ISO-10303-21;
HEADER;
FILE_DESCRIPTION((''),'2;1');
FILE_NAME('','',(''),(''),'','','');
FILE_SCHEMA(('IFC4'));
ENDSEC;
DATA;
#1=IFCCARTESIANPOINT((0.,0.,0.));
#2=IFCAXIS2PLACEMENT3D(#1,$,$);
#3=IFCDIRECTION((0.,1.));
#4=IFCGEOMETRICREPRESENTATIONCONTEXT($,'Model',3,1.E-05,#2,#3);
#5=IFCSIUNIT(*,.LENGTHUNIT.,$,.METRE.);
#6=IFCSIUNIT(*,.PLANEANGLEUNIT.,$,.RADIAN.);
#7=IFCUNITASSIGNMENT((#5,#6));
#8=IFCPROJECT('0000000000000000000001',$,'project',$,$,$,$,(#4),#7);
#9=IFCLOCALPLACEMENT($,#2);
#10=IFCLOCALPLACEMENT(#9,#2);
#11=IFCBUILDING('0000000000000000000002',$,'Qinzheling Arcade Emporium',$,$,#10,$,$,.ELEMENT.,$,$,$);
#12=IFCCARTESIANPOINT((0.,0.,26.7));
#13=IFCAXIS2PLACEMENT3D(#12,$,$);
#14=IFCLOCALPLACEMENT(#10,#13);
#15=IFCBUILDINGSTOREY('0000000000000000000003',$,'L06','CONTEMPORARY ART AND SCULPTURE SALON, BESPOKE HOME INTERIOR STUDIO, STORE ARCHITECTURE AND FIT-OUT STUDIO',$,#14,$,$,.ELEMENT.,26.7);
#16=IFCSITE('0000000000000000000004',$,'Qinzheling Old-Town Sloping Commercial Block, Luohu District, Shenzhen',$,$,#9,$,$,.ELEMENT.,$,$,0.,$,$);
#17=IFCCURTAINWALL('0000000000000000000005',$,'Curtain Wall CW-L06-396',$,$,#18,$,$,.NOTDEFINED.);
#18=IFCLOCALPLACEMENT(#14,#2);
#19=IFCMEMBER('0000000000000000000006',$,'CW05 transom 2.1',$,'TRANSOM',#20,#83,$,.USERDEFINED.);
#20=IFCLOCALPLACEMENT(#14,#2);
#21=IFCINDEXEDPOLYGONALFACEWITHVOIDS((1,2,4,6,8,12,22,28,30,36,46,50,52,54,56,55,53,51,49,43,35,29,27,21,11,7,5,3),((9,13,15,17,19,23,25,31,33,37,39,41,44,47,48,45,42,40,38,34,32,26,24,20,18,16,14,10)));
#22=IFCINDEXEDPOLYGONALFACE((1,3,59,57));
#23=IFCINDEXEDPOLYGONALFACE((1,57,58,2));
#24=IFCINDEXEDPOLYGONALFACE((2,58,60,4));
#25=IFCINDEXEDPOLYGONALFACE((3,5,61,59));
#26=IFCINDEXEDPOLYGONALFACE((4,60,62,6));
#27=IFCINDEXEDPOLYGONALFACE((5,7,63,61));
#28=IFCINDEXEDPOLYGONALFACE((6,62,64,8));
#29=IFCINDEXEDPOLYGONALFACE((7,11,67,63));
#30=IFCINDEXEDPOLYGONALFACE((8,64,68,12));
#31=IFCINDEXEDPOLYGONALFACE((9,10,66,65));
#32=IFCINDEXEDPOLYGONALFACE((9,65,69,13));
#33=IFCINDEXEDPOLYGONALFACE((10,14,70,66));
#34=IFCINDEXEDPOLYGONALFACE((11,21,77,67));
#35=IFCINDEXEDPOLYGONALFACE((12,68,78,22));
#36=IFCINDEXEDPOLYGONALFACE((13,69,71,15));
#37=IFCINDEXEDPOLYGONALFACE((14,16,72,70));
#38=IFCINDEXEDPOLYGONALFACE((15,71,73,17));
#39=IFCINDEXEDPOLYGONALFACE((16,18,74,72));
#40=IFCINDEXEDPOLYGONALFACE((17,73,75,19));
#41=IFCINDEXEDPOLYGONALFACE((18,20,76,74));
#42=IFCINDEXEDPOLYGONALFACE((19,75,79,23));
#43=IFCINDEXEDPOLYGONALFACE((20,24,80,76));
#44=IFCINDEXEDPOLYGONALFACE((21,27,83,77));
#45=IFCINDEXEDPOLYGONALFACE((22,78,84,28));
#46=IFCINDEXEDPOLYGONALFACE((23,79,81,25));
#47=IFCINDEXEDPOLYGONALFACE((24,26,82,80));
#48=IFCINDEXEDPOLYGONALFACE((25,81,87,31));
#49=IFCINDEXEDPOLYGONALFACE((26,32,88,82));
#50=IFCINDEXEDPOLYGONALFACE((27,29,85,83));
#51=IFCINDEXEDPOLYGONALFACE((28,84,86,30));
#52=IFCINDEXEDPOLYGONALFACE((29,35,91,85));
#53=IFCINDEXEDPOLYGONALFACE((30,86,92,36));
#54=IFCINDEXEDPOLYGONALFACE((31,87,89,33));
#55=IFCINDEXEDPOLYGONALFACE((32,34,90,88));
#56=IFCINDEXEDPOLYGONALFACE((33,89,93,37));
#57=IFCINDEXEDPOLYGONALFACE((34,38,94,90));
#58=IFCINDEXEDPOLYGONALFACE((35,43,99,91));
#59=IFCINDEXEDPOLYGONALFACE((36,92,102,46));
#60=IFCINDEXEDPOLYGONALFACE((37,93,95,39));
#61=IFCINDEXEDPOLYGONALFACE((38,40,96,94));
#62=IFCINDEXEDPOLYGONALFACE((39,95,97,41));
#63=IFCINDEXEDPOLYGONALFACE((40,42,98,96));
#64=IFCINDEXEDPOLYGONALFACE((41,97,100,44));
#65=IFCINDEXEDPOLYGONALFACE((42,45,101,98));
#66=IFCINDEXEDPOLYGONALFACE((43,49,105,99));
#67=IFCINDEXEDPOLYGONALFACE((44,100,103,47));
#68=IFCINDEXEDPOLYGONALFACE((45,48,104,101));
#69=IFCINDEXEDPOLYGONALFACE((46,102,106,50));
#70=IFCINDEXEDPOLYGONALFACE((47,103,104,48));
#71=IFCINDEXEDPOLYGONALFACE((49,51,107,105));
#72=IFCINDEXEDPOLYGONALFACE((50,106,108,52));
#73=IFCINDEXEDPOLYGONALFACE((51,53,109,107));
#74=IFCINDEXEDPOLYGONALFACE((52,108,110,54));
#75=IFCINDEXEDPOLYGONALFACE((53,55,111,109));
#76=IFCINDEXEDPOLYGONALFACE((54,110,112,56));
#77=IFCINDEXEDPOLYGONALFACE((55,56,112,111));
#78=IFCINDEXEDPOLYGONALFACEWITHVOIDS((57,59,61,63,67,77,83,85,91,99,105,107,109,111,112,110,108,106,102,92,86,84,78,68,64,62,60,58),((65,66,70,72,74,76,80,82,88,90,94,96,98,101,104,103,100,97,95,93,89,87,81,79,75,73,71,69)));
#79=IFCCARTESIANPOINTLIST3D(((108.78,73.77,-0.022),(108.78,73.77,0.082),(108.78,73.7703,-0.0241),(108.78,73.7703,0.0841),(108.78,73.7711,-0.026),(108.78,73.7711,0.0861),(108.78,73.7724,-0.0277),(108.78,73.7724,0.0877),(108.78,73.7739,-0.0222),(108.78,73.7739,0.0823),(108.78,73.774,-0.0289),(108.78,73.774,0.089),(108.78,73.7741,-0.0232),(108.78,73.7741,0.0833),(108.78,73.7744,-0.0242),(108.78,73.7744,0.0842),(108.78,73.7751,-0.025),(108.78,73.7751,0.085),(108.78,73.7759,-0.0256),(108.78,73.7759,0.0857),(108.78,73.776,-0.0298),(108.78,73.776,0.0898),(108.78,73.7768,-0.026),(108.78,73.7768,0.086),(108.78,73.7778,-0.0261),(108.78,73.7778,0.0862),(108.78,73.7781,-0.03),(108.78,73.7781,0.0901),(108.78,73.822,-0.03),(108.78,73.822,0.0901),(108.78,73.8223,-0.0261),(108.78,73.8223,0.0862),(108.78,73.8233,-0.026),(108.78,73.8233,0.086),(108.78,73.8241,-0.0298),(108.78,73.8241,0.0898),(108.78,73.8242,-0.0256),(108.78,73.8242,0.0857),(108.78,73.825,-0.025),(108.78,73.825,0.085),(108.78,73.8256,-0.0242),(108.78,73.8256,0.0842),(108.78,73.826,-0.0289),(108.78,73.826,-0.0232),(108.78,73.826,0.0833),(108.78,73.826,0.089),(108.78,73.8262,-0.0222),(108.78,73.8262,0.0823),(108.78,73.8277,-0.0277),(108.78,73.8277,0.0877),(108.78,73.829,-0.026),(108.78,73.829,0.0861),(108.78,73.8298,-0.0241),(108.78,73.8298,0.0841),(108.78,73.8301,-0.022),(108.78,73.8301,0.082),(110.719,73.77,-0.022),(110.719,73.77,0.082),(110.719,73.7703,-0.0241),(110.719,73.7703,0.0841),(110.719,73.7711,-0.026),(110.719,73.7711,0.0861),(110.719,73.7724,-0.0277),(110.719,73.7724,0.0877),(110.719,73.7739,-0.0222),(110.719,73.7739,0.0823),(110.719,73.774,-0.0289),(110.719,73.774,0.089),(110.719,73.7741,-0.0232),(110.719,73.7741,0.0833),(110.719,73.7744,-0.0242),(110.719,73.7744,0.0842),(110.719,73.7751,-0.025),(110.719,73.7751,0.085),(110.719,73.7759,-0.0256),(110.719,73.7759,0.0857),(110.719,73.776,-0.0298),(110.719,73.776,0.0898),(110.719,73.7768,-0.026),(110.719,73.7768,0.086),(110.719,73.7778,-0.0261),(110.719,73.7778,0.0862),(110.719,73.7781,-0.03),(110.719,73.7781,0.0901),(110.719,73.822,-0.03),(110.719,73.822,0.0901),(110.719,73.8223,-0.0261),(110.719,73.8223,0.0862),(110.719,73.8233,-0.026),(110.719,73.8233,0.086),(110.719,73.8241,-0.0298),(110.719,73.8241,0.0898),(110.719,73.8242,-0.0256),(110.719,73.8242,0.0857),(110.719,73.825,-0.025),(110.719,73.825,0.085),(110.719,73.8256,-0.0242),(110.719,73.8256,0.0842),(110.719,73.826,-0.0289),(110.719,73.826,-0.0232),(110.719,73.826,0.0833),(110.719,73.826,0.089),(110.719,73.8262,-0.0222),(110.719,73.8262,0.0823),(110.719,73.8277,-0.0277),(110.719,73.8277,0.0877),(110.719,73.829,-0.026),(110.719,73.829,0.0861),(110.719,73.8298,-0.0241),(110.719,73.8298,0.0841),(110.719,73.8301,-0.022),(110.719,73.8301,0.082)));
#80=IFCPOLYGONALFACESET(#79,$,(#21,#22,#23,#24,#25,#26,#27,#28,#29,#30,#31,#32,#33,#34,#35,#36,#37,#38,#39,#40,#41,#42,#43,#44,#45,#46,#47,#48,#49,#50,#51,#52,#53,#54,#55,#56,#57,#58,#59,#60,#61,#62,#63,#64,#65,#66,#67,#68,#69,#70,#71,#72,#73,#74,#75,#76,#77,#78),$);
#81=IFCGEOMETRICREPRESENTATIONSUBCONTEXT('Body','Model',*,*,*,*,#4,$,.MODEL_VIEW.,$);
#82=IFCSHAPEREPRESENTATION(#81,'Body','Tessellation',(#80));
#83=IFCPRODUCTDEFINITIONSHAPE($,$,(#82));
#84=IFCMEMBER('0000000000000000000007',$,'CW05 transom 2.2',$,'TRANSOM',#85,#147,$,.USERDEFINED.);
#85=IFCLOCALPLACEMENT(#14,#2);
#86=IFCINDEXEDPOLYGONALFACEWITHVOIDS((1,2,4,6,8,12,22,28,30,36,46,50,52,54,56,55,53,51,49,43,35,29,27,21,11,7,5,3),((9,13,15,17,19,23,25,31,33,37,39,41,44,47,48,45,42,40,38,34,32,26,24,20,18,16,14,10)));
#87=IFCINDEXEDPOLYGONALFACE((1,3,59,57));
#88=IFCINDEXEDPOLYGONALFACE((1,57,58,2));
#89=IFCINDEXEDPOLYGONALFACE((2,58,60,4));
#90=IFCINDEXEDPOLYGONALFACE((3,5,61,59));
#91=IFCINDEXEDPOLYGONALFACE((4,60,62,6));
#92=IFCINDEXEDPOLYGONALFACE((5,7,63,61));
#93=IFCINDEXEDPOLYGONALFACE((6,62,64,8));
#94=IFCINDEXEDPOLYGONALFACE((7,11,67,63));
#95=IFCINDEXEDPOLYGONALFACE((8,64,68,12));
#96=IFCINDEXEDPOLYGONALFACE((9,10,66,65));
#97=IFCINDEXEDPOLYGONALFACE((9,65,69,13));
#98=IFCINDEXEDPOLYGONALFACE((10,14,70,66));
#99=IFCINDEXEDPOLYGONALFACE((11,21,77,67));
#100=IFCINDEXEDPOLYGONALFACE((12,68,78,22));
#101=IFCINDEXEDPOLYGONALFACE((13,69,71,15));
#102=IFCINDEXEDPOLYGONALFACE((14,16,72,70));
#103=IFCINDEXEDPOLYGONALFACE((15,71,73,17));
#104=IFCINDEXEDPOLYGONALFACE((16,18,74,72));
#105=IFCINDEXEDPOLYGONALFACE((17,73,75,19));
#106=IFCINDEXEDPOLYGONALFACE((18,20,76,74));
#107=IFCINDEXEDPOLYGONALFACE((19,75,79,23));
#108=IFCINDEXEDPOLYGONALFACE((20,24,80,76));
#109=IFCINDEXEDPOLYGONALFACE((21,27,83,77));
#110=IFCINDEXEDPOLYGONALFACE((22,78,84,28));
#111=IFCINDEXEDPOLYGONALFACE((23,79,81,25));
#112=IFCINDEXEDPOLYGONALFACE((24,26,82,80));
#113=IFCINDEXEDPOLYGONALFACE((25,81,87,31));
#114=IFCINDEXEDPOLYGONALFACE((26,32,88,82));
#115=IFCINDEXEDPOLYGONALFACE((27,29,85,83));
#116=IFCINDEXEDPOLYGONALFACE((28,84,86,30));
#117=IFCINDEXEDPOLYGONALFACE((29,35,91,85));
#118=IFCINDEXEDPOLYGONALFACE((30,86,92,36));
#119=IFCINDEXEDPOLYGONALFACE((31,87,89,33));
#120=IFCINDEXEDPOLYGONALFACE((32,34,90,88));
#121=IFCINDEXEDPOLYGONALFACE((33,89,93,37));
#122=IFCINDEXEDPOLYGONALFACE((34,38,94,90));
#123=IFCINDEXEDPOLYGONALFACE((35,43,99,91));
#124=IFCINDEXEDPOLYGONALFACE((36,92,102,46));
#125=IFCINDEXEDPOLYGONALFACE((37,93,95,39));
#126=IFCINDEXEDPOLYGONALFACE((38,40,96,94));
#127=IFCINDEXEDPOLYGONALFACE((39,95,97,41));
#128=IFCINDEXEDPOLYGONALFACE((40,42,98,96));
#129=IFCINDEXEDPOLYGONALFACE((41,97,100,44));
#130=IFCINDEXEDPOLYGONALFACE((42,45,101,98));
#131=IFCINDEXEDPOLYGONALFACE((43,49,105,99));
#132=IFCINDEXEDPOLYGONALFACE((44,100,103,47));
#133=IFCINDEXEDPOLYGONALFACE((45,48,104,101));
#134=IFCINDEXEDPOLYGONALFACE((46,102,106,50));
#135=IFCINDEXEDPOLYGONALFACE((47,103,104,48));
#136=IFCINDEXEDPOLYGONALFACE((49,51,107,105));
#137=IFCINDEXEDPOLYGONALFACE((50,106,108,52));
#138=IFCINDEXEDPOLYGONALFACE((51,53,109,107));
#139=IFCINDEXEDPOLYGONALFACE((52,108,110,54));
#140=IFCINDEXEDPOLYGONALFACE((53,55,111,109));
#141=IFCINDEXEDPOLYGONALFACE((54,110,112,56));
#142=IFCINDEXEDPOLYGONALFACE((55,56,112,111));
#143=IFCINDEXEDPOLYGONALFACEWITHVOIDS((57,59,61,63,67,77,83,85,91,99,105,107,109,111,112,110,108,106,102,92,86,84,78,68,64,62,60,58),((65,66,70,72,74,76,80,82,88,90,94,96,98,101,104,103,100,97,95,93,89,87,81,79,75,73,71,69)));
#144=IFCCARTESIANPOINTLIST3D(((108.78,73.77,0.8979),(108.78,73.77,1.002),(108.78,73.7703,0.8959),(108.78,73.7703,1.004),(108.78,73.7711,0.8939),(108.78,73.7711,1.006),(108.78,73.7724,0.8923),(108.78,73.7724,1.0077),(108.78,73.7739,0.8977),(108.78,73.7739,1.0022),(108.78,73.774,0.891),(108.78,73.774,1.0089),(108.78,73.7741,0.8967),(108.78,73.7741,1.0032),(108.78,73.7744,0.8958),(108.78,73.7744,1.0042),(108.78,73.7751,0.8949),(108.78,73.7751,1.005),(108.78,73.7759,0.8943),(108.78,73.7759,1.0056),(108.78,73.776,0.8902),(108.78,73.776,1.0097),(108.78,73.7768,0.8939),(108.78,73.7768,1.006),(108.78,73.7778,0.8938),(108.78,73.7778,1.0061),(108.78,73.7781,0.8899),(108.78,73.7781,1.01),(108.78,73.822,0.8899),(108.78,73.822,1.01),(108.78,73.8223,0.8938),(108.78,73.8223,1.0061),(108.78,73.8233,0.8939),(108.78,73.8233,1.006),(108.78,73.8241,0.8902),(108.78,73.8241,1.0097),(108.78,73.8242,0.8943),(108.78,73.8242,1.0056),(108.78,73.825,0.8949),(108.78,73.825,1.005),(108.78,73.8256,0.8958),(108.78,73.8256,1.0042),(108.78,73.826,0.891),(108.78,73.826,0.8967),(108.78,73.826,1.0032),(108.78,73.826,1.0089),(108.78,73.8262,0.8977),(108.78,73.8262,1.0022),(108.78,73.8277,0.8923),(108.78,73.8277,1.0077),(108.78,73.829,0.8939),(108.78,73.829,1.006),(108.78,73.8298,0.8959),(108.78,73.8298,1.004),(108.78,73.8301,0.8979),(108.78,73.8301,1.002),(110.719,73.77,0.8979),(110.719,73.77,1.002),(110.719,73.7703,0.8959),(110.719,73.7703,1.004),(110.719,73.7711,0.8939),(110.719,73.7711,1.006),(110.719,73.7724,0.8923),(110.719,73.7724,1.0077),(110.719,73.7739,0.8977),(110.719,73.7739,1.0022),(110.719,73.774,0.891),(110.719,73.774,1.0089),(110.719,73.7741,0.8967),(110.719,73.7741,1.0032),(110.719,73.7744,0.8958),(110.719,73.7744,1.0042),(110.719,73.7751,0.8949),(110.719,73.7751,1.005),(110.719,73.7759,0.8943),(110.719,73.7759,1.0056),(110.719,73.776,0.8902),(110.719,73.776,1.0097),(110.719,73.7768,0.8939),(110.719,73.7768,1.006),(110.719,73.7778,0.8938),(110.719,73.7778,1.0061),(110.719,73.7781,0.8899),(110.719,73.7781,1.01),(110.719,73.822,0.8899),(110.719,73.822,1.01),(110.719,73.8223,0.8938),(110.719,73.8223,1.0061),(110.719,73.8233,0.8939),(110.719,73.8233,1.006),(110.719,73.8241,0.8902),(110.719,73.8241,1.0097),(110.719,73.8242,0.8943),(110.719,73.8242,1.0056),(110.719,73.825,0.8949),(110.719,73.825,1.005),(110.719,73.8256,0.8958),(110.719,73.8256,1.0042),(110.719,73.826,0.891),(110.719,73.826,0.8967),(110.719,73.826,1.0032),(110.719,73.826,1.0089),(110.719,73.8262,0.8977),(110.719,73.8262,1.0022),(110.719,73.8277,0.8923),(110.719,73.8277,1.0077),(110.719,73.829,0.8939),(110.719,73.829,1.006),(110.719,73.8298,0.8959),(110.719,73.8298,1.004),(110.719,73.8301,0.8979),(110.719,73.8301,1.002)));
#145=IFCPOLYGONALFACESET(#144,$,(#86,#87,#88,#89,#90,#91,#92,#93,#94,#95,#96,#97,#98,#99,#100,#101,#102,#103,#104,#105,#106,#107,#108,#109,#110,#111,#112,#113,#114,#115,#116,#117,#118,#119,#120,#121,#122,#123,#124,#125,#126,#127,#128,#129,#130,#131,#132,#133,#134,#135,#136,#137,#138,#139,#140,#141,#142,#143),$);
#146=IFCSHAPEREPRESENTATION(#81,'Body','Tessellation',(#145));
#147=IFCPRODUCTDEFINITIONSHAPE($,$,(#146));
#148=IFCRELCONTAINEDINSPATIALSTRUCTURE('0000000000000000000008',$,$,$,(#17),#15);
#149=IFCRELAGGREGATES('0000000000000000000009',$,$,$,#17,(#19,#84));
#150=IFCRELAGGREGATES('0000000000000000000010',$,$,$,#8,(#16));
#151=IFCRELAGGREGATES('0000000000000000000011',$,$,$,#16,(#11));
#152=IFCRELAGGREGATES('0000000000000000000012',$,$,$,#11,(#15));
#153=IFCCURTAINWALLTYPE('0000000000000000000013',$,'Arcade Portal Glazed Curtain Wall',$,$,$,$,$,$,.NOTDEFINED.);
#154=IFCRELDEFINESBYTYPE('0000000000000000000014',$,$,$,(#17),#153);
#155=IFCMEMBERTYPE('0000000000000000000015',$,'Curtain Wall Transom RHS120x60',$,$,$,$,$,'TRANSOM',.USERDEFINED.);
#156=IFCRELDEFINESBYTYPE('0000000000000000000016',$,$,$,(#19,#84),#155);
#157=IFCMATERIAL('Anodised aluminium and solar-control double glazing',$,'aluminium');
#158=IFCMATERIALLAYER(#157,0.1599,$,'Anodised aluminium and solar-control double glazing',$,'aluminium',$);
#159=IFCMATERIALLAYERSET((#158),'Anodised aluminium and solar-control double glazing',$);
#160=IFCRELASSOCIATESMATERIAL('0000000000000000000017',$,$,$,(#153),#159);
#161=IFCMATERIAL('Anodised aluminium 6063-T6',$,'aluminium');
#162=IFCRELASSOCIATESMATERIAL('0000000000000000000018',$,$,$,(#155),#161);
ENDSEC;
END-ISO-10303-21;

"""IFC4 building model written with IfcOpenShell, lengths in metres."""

from ifc_helpers import new_model, si_unit, direction, frame, origin, origin_2d, place, context, subcontext, project, spatial, hollow_rectangle, extrude, material, layer, layer_set, material_profile, profile_set, type_object, element, aggregate, save


model = new_model("IFC4")

# Units and contexts
model_context = context("Model", 3, precision=1e-05, world=origin(), true_north=direction((0.0, 1.0)))
body_context = subcontext(model_context, "Body", "Model", "MODEL_VIEW")
ifc_project = project(units=[si_unit("LENGTHUNIT", "METRE"), si_unit("PLANEANGLEUNIT", "RADIAN")], contexts=[model_context])

# Site, building, storey
site_placement = place(None, origin())
site = spatial("IfcSite", under=ifc_project, at=site_placement, Name="Qinzheling Old-Town Sloping Commercial Block, Luohu District, Shenzhen", CompositionType="ELEMENT", RefElevation=0.0)
building_placement = place(site_placement, origin())
building = spatial("IfcBuilding", under=site, at=building_placement, Name="Qinzheling Arcade Emporium", CompositionType="ELEMENT")
storey_placement = place(building_placement, frame((0.0, 0.0, 26.7)))
storey = spatial("IfcBuildingStorey", under=building, at=storey_placement, Name="L06", Description="CONTEMPORARY ART AND SCULPTURE SALON, BESPOKE HOME INTERIOR STUDIO, STORE ARCHITECTURE AND FIT-OUT STUDIO", CompositionType="ELEMENT", Elevation=26.7)

# Curtain wall, members
ifc_material_1 = material(Name="Anodised aluminium and solar-control double glazing", Category="aluminium")
ifc_layer_1 = layer(ifc_material_1, 0.1599, Name="Anodised aluminium and solar-control double glazing", Category="aluminium")
ifc_layer_set_1 = layer_set([ifc_layer_1], Name="Anodised aluminium and solar-control double glazing")
curtain_wall_type = type_object("IfcCurtainWallType", Name="Arcade Portal Glazed Curtain Wall", PredefinedType="NOTDEFINED", material=ifc_layer_set_1)
curtain_wall_placement = place(storey_placement, origin())
curtain_wall = element("IfcCurtainWall", 1, at=curtain_wall_placement, inside=storey, type_object=curtain_wall_type, Name="Curtain Wall CW-L06-396", PredefinedType="NOTDEFINED")
ifc_material_2 = material(Name="Anodised aluminium 6063-T6", Category="aluminium")
ifc_material_profile_1 = material_profile(ifc_material_2, hollow_rectangle(XDim=0.0601, YDim=0.1201, WallThickness=0.0039, InnerFilletRadius=0.0039, OuterFilletRadius=0.0081, at=origin_2d()), Name="RHS 120x60x4", Category="aluminium")
ifc_profile_set_1 = profile_set([ifc_material_profile_1], Name="Anodised aluminium 6063-T6")
member_type_1 = type_object("IfcMemberType", Name="Curtain Wall Transom RHS120x60", ElementType="TRANSOM", PredefinedType="USERDEFINED", material=ifc_profile_set_1)
member_1_placement = place(storey_placement, frame((110.719, 73.8, 0.03), z_axis=(-1.0, 0.0, 0.0), x_axis=(0.0, -1.0, 0.0)))
member_1 = element("IfcMember", 2, at=member_1_placement, type_object=member_type_1, Name="CW05 transom 2.1", ObjectType="TRANSOM", PredefinedType="USERDEFINED", context=body_context, shape_type="SweptSolid", body=[
    extrude(hollow_rectangle(XDim=0.0601, YDim=0.1201, WallThickness=0.0039, InnerFilletRadius=0.0039, OuterFilletRadius=0.0081, at=origin_2d()), origin(), (0.0, 0.0, 1.0), 1.939),
])
member_2_placement = place(storey_placement, frame((110.719, 73.8, 0.95), z_axis=(-1.0, 0.0, 0.0), x_axis=(0.0, -1.0, 0.0)))
member_2 = element("IfcMember", 3, at=member_2_placement, type_object=member_type_1, Name="CW05 transom 2.2", ObjectType="TRANSOM", PredefinedType="USERDEFINED", context=body_context, shape_type="SweptSolid", body=[
    extrude(hollow_rectangle(XDim=0.0601, YDim=0.1201, WallThickness=0.0039, InnerFilletRadius=0.0039, OuterFilletRadius=0.0081, at=origin_2d()), origin(), (0.0, 0.0, 1.0), 1.939),
])
aggregate(curtain_wall, [member_1, member_2])

save(model, "model.ifc")
